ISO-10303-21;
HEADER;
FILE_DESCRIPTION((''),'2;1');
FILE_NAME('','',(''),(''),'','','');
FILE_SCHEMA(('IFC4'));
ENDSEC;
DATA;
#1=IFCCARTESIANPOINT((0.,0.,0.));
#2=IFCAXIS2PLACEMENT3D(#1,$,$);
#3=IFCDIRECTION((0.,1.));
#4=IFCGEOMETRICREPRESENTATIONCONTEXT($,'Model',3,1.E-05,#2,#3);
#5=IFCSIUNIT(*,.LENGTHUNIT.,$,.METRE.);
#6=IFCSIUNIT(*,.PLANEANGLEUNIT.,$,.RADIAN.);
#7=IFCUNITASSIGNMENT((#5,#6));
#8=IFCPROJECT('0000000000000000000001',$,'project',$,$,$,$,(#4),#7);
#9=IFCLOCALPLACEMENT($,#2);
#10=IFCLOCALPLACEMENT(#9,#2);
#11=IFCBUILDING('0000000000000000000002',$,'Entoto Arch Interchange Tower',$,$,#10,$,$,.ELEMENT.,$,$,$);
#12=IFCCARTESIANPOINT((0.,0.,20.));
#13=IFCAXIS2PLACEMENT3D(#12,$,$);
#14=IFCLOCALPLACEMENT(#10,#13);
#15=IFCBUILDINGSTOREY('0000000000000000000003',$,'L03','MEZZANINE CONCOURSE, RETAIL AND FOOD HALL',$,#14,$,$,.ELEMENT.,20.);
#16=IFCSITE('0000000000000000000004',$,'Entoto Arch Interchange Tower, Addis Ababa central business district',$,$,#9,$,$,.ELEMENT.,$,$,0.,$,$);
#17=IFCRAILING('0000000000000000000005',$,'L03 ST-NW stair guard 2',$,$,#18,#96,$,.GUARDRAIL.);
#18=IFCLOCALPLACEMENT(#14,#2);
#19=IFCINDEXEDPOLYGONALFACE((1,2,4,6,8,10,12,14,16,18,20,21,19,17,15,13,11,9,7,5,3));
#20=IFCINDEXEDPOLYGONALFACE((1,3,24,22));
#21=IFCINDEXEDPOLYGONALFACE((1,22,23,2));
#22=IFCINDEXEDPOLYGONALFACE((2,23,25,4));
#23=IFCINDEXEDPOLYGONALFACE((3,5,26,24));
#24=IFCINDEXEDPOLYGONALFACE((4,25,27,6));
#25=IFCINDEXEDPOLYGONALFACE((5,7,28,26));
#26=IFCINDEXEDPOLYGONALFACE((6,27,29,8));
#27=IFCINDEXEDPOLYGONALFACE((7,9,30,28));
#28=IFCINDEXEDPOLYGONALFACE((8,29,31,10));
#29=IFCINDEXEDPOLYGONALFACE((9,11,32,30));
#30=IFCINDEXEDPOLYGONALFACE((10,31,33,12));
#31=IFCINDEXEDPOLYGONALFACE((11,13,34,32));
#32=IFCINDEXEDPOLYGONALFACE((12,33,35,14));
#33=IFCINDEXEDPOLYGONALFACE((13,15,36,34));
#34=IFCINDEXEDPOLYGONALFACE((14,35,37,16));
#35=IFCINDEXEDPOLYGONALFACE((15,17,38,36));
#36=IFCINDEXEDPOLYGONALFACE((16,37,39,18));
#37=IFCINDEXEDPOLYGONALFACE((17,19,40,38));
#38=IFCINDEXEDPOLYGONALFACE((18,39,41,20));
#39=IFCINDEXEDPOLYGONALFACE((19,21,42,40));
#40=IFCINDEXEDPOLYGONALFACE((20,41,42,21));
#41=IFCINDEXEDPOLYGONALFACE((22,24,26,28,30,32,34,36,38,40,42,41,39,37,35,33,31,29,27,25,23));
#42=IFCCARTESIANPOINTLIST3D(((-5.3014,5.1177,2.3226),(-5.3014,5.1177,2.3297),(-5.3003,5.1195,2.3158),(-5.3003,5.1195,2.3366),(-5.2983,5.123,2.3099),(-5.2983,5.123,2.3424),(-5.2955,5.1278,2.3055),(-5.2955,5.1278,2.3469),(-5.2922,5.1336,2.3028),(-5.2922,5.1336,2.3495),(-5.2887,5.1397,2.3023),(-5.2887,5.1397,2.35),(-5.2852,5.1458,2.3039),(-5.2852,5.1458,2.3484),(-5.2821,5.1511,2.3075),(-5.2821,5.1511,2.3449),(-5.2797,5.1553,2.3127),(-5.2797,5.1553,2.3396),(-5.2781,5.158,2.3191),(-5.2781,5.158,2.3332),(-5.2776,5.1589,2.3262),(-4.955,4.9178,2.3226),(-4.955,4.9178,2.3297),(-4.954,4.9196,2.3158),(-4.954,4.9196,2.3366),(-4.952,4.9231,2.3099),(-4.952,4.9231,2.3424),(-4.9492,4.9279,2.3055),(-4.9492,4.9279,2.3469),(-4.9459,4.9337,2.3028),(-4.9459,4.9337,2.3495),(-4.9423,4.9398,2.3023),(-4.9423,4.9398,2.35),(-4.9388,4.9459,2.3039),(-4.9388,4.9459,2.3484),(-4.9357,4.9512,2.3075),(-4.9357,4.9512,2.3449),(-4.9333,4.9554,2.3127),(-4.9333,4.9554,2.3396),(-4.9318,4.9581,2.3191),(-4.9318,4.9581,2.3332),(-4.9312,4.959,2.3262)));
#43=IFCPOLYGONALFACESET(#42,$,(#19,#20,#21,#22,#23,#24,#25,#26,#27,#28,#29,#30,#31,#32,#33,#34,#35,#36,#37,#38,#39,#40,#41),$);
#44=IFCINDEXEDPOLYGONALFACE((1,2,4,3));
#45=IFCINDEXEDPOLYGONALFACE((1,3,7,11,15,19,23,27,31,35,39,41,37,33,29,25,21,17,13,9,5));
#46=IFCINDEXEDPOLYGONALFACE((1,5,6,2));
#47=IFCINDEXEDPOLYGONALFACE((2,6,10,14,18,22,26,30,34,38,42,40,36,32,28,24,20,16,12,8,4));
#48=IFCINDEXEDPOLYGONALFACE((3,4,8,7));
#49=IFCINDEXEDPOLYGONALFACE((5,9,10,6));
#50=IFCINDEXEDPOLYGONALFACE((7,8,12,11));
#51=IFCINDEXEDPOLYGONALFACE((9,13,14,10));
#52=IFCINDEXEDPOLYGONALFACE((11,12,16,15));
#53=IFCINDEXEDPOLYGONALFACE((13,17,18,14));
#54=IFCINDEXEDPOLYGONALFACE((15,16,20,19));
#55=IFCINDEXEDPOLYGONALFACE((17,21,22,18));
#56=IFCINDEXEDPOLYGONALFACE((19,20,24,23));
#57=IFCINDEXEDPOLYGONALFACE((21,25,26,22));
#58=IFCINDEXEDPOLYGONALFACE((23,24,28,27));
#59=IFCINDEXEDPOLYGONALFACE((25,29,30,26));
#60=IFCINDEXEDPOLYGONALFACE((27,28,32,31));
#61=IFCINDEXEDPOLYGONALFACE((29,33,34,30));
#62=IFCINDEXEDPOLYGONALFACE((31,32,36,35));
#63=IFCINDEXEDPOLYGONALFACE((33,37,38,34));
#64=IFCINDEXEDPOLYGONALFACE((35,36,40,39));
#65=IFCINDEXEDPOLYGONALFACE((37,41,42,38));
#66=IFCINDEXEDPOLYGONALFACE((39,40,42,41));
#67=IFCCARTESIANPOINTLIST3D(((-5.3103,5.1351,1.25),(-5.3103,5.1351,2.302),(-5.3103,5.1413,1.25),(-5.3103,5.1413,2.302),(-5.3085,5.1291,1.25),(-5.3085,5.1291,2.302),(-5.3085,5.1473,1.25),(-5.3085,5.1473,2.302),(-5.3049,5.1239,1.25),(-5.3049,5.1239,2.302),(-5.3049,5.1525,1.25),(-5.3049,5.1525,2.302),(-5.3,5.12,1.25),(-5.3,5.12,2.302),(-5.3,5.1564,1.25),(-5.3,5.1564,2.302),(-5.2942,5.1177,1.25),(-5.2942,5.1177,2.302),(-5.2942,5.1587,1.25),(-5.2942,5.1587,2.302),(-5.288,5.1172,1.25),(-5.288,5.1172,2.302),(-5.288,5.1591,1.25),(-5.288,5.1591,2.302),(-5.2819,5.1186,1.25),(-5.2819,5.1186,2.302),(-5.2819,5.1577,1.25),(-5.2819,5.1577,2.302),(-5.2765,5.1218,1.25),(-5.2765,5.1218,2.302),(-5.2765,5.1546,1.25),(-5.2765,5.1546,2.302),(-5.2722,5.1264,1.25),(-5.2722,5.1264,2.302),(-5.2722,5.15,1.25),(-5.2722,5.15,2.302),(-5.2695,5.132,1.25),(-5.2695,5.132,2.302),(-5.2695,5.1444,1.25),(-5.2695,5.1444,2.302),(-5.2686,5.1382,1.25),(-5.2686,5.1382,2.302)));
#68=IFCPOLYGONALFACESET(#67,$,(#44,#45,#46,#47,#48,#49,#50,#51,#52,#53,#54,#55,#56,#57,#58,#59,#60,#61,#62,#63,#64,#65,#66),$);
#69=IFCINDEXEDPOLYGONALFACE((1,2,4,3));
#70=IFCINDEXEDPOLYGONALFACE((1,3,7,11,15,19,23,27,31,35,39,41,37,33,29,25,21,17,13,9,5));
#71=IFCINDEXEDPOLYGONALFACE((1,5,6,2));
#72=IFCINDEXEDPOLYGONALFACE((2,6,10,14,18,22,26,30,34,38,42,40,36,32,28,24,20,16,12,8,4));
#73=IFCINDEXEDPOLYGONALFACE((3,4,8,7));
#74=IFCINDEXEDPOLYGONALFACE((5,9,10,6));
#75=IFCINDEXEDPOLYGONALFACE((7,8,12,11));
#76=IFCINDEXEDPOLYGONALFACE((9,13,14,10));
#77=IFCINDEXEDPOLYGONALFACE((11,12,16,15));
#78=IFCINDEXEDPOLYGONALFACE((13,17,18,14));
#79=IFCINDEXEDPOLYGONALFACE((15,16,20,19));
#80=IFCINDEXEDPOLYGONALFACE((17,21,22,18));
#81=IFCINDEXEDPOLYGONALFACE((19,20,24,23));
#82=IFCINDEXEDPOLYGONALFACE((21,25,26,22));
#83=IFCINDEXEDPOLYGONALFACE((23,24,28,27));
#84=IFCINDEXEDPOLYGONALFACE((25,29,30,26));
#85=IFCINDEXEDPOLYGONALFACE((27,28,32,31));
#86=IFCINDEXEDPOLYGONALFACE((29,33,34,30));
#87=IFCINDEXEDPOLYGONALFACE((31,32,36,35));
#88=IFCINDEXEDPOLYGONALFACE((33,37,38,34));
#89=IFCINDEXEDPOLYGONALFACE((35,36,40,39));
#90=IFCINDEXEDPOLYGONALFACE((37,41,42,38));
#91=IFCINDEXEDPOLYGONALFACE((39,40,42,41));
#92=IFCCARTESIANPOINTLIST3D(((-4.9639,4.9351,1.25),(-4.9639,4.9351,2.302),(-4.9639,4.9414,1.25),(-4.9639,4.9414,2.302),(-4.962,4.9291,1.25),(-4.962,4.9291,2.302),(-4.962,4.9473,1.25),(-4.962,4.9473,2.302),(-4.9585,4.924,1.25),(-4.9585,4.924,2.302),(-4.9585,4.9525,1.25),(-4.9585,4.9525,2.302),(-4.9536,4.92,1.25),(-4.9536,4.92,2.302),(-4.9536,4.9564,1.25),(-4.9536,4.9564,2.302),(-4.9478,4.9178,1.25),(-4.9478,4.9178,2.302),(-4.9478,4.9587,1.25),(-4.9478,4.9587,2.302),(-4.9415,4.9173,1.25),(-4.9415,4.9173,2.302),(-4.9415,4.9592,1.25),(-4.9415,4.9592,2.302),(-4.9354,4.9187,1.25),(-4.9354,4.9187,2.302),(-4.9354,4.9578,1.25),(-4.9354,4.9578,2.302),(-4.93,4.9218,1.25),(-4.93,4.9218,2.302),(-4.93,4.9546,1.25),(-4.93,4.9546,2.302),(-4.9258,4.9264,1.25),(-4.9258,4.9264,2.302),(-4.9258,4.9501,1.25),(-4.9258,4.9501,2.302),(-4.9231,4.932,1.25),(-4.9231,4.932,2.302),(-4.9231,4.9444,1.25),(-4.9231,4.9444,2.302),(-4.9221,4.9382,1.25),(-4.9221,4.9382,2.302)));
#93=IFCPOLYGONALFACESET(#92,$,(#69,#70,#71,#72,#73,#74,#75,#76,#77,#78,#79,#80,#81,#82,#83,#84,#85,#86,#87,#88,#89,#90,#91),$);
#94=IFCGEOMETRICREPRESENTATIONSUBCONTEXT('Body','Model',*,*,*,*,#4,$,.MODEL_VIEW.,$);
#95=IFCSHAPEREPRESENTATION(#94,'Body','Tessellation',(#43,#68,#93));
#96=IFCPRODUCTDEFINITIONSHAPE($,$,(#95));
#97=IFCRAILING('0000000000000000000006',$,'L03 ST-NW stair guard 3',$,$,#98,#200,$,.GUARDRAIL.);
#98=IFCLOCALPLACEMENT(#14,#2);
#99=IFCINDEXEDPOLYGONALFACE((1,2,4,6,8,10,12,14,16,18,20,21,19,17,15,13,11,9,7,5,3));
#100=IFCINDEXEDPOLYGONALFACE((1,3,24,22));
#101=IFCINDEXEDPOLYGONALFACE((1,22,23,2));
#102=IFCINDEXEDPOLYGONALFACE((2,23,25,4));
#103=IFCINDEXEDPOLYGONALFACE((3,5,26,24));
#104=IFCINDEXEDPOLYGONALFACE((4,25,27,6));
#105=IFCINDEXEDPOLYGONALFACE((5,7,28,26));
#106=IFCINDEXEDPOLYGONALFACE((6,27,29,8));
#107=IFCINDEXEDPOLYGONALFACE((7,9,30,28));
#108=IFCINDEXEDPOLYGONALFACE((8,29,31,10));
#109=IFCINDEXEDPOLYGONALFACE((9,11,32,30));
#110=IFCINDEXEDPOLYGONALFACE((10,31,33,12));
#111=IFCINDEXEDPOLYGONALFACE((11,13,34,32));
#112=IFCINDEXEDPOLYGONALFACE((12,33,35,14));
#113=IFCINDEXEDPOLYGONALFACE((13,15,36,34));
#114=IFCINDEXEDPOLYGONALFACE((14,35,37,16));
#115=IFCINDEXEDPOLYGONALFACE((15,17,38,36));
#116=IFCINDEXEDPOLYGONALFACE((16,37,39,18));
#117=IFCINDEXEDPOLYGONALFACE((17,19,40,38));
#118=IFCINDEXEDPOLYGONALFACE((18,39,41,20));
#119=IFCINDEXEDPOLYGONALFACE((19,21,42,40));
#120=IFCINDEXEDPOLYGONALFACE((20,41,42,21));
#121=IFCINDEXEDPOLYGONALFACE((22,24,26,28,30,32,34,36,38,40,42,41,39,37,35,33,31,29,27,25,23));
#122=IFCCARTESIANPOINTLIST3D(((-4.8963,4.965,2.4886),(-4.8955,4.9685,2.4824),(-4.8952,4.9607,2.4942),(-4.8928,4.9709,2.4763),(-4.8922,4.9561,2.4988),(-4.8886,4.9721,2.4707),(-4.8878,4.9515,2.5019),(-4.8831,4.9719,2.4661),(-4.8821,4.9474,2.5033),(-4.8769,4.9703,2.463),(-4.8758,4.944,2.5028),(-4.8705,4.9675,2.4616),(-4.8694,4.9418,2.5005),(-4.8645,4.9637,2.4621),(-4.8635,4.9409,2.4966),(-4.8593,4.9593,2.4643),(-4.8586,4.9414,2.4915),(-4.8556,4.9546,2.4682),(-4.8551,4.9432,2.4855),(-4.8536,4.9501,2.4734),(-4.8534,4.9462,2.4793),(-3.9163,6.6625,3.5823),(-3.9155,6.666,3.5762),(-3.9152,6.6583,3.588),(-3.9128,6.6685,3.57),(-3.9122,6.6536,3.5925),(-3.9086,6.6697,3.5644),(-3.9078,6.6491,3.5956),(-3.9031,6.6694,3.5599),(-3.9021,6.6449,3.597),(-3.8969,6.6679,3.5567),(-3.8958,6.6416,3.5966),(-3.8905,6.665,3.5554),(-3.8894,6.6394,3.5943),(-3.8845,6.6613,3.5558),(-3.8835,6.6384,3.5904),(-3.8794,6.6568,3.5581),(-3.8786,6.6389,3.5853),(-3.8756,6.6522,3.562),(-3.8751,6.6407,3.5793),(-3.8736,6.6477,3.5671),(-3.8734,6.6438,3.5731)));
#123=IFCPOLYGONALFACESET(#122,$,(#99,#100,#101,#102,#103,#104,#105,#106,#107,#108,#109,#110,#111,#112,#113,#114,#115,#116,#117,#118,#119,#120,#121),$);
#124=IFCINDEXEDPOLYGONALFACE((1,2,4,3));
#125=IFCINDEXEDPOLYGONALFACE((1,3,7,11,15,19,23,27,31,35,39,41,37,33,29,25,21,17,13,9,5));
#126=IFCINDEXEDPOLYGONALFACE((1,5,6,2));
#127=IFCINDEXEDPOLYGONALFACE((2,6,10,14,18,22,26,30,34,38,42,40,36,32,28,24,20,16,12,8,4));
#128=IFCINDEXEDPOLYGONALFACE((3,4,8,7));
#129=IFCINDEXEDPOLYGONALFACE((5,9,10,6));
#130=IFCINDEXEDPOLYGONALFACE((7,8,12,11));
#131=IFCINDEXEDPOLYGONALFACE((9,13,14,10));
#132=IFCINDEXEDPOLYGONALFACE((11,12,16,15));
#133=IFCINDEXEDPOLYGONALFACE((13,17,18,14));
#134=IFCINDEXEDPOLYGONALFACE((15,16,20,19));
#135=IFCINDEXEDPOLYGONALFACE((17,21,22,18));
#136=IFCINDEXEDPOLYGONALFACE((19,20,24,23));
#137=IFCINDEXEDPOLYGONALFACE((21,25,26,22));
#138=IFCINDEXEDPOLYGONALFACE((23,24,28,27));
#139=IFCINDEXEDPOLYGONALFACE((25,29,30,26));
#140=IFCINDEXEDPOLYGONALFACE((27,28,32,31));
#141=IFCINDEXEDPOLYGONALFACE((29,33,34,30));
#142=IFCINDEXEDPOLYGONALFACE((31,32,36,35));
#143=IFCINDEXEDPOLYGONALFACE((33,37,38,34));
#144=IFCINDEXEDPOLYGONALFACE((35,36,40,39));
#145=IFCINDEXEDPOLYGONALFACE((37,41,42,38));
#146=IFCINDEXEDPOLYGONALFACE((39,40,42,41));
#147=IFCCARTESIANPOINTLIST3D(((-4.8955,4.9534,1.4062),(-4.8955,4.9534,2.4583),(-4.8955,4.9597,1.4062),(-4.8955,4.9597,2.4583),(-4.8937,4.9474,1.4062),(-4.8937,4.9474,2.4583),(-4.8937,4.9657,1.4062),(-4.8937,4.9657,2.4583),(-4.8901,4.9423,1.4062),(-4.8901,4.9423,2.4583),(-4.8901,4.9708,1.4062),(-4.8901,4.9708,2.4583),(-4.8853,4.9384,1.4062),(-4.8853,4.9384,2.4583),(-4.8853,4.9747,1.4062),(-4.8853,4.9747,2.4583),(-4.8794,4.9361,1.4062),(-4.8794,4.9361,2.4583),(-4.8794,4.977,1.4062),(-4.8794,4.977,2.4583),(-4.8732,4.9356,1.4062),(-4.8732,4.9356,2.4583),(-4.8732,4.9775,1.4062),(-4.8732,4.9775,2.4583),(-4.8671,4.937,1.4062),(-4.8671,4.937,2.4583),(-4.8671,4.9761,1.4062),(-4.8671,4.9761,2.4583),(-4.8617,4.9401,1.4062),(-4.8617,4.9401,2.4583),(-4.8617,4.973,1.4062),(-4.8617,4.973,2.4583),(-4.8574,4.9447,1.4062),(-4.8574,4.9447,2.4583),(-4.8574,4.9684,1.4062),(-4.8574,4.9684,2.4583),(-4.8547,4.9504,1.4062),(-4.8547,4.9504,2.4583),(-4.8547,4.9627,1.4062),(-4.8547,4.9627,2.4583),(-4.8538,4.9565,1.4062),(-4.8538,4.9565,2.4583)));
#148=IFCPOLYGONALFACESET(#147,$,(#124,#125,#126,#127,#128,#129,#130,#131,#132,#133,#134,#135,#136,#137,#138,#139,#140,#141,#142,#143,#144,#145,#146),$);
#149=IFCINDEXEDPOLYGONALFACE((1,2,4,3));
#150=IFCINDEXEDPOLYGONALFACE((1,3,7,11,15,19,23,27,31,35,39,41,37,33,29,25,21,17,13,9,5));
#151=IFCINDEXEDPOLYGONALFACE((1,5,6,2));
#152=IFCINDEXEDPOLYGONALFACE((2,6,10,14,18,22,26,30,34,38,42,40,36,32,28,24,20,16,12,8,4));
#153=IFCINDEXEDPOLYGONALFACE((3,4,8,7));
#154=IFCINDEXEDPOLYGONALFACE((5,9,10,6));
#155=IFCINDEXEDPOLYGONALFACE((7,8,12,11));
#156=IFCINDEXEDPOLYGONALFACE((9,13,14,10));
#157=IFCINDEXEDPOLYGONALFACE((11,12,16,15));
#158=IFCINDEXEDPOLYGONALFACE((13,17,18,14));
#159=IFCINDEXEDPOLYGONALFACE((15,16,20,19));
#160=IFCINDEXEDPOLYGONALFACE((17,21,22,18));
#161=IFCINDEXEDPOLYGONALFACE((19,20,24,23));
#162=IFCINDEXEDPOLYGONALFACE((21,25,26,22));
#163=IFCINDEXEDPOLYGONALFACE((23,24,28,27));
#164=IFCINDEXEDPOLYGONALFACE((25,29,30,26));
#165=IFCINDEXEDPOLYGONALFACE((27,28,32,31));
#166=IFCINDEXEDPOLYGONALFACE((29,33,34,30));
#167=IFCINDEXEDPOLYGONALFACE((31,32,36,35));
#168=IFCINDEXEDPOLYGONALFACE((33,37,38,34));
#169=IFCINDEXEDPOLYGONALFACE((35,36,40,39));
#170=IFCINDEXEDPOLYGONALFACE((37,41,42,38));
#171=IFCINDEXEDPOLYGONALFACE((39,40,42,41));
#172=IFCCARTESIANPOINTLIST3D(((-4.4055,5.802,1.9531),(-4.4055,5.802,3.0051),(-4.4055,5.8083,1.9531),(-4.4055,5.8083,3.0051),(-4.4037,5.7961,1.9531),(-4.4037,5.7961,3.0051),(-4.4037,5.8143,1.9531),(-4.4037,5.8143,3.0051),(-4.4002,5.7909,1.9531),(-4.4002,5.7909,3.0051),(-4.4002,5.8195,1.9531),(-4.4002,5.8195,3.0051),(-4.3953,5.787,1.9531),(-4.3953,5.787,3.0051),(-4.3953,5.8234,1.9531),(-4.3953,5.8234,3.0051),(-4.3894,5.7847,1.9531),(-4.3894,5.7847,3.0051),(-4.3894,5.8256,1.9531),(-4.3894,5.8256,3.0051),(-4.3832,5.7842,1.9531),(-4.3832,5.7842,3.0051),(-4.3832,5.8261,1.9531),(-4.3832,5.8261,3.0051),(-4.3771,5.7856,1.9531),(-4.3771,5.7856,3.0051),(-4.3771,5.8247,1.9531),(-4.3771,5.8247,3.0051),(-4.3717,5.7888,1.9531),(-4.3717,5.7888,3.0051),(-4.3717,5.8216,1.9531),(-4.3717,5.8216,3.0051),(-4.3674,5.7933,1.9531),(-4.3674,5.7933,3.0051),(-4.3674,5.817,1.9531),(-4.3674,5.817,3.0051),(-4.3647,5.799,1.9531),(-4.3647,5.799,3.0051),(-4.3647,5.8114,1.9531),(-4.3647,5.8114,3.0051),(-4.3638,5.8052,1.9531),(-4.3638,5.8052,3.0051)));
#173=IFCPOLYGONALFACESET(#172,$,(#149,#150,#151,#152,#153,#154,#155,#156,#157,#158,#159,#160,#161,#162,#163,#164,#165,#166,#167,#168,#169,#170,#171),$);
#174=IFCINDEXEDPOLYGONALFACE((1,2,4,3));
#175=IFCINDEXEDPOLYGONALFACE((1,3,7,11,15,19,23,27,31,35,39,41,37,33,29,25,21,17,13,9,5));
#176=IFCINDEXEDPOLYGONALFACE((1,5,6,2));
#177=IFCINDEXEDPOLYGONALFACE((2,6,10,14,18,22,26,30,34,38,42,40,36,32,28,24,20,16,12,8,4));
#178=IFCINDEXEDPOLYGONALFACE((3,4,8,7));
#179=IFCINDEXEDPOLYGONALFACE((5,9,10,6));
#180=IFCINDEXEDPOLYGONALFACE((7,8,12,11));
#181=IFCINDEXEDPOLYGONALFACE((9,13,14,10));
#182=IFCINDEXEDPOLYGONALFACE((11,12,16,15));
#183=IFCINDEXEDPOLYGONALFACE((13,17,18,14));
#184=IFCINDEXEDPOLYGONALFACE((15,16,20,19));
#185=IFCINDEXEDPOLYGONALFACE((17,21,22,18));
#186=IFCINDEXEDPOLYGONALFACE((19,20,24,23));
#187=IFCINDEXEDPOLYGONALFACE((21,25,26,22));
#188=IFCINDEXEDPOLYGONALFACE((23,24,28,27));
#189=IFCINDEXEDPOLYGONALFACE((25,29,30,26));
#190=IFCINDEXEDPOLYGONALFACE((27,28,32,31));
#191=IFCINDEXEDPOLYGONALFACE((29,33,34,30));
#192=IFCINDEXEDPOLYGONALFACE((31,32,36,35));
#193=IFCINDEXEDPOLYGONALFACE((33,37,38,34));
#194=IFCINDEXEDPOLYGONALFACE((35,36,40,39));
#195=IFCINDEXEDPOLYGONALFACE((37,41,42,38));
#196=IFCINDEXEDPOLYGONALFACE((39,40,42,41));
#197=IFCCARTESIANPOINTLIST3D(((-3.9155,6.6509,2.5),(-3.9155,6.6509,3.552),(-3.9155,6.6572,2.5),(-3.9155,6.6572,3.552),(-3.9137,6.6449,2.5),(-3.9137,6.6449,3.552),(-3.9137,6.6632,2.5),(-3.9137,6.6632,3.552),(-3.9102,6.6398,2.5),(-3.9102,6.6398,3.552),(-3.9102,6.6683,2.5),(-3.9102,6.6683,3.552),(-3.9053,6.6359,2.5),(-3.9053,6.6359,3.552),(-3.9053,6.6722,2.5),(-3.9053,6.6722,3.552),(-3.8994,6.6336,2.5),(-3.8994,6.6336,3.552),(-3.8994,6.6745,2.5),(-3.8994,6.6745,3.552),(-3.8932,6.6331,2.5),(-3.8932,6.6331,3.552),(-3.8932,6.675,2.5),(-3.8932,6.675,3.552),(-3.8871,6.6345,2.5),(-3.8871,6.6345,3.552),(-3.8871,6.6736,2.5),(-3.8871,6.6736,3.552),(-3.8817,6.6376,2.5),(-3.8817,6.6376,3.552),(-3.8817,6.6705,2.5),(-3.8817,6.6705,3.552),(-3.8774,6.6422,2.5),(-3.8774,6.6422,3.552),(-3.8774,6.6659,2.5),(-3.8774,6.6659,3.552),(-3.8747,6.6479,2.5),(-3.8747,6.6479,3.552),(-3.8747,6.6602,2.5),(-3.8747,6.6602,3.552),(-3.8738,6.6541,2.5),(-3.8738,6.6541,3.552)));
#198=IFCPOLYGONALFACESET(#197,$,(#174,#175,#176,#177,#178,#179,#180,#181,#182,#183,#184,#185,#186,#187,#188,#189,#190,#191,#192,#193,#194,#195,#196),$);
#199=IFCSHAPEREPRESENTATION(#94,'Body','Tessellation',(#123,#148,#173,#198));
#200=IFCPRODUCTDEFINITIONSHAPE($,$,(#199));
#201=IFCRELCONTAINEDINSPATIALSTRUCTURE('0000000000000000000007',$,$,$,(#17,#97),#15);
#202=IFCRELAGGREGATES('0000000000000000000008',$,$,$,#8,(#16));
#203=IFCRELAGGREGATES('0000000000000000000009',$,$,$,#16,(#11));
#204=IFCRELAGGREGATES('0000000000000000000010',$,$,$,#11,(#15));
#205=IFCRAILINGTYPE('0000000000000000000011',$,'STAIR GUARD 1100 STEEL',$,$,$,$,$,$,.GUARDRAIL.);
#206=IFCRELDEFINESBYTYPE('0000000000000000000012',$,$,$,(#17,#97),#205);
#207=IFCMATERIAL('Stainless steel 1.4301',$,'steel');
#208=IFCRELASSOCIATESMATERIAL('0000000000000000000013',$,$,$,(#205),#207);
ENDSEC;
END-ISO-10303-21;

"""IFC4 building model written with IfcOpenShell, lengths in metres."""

from ifc_helpers import new_model, si_unit, direction, frame, origin, origin_2d, place, context, subcontext, project, spatial, circle, extrude, material, type_object, element, save


model = new_model("IFC4")

# Units and contexts
model_context = context("Model", 3, precision=1e-05, world=origin(), true_north=direction((0.0, 1.0)))
body_context = subcontext(model_context, "Body", "Model", "MODEL_VIEW")
ifc_project = project(units=[si_unit("LENGTHUNIT", "METRE"), si_unit("PLANEANGLEUNIT", "RADIAN")], contexts=[model_context])

# Site, building, storey
site_placement = place(None, origin())
site = spatial("IfcSite", under=ifc_project, at=site_placement, Name="Entoto Arch Interchange Tower, Addis Ababa central business district", CompositionType="ELEMENT", RefElevation=0.0)
building_placement = place(site_placement, origin())
building = spatial("IfcBuilding", under=site, at=building_placement, Name="Entoto Arch Interchange Tower", CompositionType="ELEMENT")
storey_placement = place(building_placement, frame((0.0, 0.0, 20.0)))
storey = spatial("IfcBuildingStorey", under=building, at=storey_placement, Name="L03", Description="MEZZANINE CONCOURSE, RETAIL AND FOOD HALL", CompositionType="ELEMENT", Elevation=20.0)

# Railings
ifc_material_1 = material(Name="Stainless steel 1.4301", Category="steel")
railing_type_1 = type_object("IfcRailingType", Name="STAIR GUARD 1100 STEEL", PredefinedType="GUARDRAIL", material=ifc_material_1)
railing_1_placement = place(storey_placement, frame((-5.2896, 5.1382, 1.25)))
element("IfcRailing", 1, at=railing_1_placement, inside=storey, type_object=railing_type_1, Name="L03 ST-NW stair guard 2", PredefinedType="GUARDRAIL", context=body_context, shape_type="SweptSolid", body=[
    extrude(circle(Radius=0.0239, at=origin_2d()), frame((0.0, 0.0, 1.0762), z_axis=(0.866094, -0.499881, 0.0), x_axis=(0.499881, 0.866094, 0.0)), (0.0, 0.0, 1.0), 0.3999),
    extrude(circle(Radius=0.021, at=origin_2d()), origin(), (0.0, 0.0, 1.0), 1.052),
    extrude(circle(Radius=0.021, at=origin_2d()), frame((0.3464, -0.2, 0.0)), (0.0, 0.0, 1.0), 1.052),
])
railing_2_placement = place(storey_placement, frame((-4.8748, 4.9565, 1.4062)))
element("IfcRailing", 2, at=railing_2_placement, inside=storey, type_object=railing_type_1, Name="L03 ST-NW stair guard 3", PredefinedType="GUARDRAIL", context=body_context, shape_type="SweptSolid", body=[
    extrude(circle(Radius=0.0239, at=origin_2d()), frame((0.0, 0.0, 1.0762), z_axis=(0.436596, 0.756267, 0.487282), x_axis=(-0.866042, 0.49997, 0.0)), (0.0, 0.0, 1.0), 2.2446),
    extrude(circle(Radius=0.021, at=origin_2d()), origin(), (0.0, 0.0, 1.0), 1.052),
    extrude(circle(Radius=0.021, at=origin_2d()), frame((0.49, 0.8486, 0.5469)), (0.0, 0.0, 1.0), 1.052),
    extrude(circle(Radius=0.021, at=origin_2d()), frame((0.98, 1.6975, 1.0938)), (0.0, 0.0, 1.0), 1.052),
])

save(model, "model.ifc")
